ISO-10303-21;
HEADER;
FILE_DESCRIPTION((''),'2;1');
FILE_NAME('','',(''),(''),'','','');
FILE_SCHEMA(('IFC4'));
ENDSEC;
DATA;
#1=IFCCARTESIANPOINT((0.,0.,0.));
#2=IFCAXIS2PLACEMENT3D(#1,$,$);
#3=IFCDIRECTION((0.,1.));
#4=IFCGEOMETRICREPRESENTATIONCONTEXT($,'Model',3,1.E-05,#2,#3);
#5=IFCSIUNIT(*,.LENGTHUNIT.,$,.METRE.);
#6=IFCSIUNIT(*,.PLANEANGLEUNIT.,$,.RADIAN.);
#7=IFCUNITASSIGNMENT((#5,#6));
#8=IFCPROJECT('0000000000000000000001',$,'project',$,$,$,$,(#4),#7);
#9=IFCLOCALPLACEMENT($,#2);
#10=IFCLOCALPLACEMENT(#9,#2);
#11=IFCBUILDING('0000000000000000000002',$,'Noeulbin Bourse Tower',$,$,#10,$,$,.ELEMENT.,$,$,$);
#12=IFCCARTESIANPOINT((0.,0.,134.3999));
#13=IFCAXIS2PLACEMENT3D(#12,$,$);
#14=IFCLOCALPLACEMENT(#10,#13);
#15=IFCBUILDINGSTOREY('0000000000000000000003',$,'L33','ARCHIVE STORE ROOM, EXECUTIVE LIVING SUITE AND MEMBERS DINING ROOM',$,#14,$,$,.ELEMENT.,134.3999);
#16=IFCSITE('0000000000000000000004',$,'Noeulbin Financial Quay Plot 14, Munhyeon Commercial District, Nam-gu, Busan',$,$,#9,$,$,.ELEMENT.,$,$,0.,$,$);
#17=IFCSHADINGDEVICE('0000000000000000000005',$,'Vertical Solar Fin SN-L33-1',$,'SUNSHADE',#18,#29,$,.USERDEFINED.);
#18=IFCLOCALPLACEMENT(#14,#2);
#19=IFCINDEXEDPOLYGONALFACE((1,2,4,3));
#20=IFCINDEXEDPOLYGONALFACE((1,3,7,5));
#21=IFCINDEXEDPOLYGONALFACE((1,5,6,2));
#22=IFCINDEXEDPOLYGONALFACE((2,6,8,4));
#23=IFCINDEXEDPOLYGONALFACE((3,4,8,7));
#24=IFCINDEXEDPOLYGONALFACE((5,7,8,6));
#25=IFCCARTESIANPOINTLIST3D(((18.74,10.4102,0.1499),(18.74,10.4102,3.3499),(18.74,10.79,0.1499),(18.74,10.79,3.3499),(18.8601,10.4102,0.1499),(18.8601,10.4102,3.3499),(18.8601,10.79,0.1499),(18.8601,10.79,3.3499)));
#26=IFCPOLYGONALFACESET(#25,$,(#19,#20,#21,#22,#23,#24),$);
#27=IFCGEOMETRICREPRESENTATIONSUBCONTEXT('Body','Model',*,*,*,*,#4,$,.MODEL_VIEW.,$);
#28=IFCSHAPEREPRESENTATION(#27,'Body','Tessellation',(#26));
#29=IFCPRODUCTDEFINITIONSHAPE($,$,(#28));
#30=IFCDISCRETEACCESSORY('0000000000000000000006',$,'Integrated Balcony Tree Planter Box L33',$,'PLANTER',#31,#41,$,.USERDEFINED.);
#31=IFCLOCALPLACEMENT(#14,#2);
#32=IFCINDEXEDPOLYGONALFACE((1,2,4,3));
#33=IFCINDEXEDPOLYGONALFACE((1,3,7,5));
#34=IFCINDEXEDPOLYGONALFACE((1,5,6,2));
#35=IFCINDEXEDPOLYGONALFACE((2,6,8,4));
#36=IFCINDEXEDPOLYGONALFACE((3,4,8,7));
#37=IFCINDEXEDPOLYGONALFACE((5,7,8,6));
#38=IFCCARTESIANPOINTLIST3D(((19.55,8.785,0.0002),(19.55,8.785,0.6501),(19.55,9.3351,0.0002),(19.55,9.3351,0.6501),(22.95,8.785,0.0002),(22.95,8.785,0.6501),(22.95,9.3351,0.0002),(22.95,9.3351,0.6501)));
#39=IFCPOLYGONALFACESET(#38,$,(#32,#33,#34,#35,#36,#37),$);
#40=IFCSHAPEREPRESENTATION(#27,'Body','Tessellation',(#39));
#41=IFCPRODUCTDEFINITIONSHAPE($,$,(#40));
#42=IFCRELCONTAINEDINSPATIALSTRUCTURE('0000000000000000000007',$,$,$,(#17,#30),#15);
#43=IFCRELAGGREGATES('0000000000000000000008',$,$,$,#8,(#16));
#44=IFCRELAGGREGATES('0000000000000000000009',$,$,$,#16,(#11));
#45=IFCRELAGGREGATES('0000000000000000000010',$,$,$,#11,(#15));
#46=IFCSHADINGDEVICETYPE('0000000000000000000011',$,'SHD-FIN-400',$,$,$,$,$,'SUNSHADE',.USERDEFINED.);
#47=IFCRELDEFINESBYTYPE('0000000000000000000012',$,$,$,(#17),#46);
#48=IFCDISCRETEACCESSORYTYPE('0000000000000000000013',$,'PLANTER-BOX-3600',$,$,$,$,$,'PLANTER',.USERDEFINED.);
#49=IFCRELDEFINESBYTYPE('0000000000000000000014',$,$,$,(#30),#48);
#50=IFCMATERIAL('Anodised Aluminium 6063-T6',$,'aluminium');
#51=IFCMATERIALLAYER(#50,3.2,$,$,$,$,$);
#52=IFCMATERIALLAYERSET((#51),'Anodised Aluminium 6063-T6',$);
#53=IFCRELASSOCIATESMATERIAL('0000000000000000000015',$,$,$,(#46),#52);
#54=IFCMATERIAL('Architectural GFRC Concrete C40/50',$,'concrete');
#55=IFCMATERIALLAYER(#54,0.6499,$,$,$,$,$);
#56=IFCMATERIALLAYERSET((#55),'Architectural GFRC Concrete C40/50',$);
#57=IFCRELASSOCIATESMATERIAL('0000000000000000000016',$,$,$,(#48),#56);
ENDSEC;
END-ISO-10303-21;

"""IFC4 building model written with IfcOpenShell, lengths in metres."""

from ifc_helpers import new_model, si_unit, direction, frame, origin, origin_2d, place, context, subcontext, project, spatial, rectangle, extrude, material, layer, layer_set, type_object, element, save


model = new_model("IFC4")

# Units and contexts
model_context = context("Model", 3, precision=1e-05, world=origin(), true_north=direction((0.0, 1.0)))
body_context = subcontext(model_context, "Body", "Model", "MODEL_VIEW")
ifc_project = project(units=[si_unit("LENGTHUNIT", "METRE"), si_unit("PLANEANGLEUNIT", "RADIAN")], contexts=[model_context])

# Site, building, storey
site_placement = place(None, origin())
site = spatial("IfcSite", under=ifc_project, at=site_placement, Name="Noeulbin Financial Quay Plot 14, Munhyeon Commercial District, Nam-gu, Busan", CompositionType="ELEMENT", RefElevation=0.0)
building_placement = place(site_placement, origin())
building = spatial("IfcBuilding", under=site, at=building_placement, Name="Noeulbin Bourse Tower", CompositionType="ELEMENT")
storey_placement = place(building_placement, frame((0.0, 0.0, 134.3999)))
storey = spatial("IfcBuildingStorey", under=building, at=storey_placement, Name="L33", Description="ARCHIVE STORE ROOM, EXECUTIVE LIVING SUITE AND MEMBERS DINING ROOM", CompositionType="ELEMENT", Elevation=134.3999)

# Shared definitions
ifc_material_1 = material(Name="Anodised Aluminium 6063-T6", Category="aluminium")

# Shading device
ifc_layer_1 = layer(ifc_material_1, 3.2)
ifc_layer_set_1 = layer_set([ifc_layer_1], Name="Anodised Aluminium 6063-T6")
shading_device_type = type_object("IfcShadingDeviceType", Name="SHD-FIN-400", ElementType="SUNSHADE", PredefinedType="USERDEFINED", material=ifc_layer_set_1)
shading_device_placement = place(storey_placement, frame((18.8, 10.6001, 0.1499), z_axis=(0.0, 0.0, 1.0), x_axis=(1.0, 0.0, 0.0)))
element("IfcShadingDevice", 1, at=shading_device_placement, inside=storey, type_object=shading_device_type, Name="Vertical Solar Fin SN-L33-1", ObjectType="SUNSHADE", PredefinedType="USERDEFINED", context=body_context, shape_type="SweptSolid", body=[
    extrude(rectangle(XDim=0.1201, YDim=0.3799, at=origin_2d()), origin(), (0.0, 0.0, 1.0), 3.2),
])

# Discrete accessory
ifc_material_2 = material(Name="Architectural GFRC Concrete C40/50", Category="concrete")
ifc_layer_2 = layer(ifc_material_2, 0.6499)
ifc_layer_set_2 = layer_set([ifc_layer_2], Name="Architectural GFRC Concrete C40/50")
discrete_accessory_type = type_object("IfcDiscreteAccessoryType", Name="PLANTER-BOX-3600", ElementType="PLANTER", PredefinedType="USERDEFINED", material=ifc_layer_set_2)
discrete_accessory_placement = place(storey_placement, frame((21.25, 9.0601, 0.0002), z_axis=(0.0, 0.0, 1.0), x_axis=(1.0, 0.0, 0.0)))
element("IfcDiscreteAccessory", 2, at=discrete_accessory_placement, inside=storey, type_object=discrete_accessory_type, Name="Integrated Balcony Tree Planter Box L33", ObjectType="PLANTER", PredefinedType="USERDEFINED", context=body_context, shape_type="SweptSolid", body=[
    extrude(rectangle(XDim=3.3999, YDim=0.55, at=origin_2d()), origin(), (0.0, 0.0, 1.0), 0.6499),
])

save(model, "model.ifc")
